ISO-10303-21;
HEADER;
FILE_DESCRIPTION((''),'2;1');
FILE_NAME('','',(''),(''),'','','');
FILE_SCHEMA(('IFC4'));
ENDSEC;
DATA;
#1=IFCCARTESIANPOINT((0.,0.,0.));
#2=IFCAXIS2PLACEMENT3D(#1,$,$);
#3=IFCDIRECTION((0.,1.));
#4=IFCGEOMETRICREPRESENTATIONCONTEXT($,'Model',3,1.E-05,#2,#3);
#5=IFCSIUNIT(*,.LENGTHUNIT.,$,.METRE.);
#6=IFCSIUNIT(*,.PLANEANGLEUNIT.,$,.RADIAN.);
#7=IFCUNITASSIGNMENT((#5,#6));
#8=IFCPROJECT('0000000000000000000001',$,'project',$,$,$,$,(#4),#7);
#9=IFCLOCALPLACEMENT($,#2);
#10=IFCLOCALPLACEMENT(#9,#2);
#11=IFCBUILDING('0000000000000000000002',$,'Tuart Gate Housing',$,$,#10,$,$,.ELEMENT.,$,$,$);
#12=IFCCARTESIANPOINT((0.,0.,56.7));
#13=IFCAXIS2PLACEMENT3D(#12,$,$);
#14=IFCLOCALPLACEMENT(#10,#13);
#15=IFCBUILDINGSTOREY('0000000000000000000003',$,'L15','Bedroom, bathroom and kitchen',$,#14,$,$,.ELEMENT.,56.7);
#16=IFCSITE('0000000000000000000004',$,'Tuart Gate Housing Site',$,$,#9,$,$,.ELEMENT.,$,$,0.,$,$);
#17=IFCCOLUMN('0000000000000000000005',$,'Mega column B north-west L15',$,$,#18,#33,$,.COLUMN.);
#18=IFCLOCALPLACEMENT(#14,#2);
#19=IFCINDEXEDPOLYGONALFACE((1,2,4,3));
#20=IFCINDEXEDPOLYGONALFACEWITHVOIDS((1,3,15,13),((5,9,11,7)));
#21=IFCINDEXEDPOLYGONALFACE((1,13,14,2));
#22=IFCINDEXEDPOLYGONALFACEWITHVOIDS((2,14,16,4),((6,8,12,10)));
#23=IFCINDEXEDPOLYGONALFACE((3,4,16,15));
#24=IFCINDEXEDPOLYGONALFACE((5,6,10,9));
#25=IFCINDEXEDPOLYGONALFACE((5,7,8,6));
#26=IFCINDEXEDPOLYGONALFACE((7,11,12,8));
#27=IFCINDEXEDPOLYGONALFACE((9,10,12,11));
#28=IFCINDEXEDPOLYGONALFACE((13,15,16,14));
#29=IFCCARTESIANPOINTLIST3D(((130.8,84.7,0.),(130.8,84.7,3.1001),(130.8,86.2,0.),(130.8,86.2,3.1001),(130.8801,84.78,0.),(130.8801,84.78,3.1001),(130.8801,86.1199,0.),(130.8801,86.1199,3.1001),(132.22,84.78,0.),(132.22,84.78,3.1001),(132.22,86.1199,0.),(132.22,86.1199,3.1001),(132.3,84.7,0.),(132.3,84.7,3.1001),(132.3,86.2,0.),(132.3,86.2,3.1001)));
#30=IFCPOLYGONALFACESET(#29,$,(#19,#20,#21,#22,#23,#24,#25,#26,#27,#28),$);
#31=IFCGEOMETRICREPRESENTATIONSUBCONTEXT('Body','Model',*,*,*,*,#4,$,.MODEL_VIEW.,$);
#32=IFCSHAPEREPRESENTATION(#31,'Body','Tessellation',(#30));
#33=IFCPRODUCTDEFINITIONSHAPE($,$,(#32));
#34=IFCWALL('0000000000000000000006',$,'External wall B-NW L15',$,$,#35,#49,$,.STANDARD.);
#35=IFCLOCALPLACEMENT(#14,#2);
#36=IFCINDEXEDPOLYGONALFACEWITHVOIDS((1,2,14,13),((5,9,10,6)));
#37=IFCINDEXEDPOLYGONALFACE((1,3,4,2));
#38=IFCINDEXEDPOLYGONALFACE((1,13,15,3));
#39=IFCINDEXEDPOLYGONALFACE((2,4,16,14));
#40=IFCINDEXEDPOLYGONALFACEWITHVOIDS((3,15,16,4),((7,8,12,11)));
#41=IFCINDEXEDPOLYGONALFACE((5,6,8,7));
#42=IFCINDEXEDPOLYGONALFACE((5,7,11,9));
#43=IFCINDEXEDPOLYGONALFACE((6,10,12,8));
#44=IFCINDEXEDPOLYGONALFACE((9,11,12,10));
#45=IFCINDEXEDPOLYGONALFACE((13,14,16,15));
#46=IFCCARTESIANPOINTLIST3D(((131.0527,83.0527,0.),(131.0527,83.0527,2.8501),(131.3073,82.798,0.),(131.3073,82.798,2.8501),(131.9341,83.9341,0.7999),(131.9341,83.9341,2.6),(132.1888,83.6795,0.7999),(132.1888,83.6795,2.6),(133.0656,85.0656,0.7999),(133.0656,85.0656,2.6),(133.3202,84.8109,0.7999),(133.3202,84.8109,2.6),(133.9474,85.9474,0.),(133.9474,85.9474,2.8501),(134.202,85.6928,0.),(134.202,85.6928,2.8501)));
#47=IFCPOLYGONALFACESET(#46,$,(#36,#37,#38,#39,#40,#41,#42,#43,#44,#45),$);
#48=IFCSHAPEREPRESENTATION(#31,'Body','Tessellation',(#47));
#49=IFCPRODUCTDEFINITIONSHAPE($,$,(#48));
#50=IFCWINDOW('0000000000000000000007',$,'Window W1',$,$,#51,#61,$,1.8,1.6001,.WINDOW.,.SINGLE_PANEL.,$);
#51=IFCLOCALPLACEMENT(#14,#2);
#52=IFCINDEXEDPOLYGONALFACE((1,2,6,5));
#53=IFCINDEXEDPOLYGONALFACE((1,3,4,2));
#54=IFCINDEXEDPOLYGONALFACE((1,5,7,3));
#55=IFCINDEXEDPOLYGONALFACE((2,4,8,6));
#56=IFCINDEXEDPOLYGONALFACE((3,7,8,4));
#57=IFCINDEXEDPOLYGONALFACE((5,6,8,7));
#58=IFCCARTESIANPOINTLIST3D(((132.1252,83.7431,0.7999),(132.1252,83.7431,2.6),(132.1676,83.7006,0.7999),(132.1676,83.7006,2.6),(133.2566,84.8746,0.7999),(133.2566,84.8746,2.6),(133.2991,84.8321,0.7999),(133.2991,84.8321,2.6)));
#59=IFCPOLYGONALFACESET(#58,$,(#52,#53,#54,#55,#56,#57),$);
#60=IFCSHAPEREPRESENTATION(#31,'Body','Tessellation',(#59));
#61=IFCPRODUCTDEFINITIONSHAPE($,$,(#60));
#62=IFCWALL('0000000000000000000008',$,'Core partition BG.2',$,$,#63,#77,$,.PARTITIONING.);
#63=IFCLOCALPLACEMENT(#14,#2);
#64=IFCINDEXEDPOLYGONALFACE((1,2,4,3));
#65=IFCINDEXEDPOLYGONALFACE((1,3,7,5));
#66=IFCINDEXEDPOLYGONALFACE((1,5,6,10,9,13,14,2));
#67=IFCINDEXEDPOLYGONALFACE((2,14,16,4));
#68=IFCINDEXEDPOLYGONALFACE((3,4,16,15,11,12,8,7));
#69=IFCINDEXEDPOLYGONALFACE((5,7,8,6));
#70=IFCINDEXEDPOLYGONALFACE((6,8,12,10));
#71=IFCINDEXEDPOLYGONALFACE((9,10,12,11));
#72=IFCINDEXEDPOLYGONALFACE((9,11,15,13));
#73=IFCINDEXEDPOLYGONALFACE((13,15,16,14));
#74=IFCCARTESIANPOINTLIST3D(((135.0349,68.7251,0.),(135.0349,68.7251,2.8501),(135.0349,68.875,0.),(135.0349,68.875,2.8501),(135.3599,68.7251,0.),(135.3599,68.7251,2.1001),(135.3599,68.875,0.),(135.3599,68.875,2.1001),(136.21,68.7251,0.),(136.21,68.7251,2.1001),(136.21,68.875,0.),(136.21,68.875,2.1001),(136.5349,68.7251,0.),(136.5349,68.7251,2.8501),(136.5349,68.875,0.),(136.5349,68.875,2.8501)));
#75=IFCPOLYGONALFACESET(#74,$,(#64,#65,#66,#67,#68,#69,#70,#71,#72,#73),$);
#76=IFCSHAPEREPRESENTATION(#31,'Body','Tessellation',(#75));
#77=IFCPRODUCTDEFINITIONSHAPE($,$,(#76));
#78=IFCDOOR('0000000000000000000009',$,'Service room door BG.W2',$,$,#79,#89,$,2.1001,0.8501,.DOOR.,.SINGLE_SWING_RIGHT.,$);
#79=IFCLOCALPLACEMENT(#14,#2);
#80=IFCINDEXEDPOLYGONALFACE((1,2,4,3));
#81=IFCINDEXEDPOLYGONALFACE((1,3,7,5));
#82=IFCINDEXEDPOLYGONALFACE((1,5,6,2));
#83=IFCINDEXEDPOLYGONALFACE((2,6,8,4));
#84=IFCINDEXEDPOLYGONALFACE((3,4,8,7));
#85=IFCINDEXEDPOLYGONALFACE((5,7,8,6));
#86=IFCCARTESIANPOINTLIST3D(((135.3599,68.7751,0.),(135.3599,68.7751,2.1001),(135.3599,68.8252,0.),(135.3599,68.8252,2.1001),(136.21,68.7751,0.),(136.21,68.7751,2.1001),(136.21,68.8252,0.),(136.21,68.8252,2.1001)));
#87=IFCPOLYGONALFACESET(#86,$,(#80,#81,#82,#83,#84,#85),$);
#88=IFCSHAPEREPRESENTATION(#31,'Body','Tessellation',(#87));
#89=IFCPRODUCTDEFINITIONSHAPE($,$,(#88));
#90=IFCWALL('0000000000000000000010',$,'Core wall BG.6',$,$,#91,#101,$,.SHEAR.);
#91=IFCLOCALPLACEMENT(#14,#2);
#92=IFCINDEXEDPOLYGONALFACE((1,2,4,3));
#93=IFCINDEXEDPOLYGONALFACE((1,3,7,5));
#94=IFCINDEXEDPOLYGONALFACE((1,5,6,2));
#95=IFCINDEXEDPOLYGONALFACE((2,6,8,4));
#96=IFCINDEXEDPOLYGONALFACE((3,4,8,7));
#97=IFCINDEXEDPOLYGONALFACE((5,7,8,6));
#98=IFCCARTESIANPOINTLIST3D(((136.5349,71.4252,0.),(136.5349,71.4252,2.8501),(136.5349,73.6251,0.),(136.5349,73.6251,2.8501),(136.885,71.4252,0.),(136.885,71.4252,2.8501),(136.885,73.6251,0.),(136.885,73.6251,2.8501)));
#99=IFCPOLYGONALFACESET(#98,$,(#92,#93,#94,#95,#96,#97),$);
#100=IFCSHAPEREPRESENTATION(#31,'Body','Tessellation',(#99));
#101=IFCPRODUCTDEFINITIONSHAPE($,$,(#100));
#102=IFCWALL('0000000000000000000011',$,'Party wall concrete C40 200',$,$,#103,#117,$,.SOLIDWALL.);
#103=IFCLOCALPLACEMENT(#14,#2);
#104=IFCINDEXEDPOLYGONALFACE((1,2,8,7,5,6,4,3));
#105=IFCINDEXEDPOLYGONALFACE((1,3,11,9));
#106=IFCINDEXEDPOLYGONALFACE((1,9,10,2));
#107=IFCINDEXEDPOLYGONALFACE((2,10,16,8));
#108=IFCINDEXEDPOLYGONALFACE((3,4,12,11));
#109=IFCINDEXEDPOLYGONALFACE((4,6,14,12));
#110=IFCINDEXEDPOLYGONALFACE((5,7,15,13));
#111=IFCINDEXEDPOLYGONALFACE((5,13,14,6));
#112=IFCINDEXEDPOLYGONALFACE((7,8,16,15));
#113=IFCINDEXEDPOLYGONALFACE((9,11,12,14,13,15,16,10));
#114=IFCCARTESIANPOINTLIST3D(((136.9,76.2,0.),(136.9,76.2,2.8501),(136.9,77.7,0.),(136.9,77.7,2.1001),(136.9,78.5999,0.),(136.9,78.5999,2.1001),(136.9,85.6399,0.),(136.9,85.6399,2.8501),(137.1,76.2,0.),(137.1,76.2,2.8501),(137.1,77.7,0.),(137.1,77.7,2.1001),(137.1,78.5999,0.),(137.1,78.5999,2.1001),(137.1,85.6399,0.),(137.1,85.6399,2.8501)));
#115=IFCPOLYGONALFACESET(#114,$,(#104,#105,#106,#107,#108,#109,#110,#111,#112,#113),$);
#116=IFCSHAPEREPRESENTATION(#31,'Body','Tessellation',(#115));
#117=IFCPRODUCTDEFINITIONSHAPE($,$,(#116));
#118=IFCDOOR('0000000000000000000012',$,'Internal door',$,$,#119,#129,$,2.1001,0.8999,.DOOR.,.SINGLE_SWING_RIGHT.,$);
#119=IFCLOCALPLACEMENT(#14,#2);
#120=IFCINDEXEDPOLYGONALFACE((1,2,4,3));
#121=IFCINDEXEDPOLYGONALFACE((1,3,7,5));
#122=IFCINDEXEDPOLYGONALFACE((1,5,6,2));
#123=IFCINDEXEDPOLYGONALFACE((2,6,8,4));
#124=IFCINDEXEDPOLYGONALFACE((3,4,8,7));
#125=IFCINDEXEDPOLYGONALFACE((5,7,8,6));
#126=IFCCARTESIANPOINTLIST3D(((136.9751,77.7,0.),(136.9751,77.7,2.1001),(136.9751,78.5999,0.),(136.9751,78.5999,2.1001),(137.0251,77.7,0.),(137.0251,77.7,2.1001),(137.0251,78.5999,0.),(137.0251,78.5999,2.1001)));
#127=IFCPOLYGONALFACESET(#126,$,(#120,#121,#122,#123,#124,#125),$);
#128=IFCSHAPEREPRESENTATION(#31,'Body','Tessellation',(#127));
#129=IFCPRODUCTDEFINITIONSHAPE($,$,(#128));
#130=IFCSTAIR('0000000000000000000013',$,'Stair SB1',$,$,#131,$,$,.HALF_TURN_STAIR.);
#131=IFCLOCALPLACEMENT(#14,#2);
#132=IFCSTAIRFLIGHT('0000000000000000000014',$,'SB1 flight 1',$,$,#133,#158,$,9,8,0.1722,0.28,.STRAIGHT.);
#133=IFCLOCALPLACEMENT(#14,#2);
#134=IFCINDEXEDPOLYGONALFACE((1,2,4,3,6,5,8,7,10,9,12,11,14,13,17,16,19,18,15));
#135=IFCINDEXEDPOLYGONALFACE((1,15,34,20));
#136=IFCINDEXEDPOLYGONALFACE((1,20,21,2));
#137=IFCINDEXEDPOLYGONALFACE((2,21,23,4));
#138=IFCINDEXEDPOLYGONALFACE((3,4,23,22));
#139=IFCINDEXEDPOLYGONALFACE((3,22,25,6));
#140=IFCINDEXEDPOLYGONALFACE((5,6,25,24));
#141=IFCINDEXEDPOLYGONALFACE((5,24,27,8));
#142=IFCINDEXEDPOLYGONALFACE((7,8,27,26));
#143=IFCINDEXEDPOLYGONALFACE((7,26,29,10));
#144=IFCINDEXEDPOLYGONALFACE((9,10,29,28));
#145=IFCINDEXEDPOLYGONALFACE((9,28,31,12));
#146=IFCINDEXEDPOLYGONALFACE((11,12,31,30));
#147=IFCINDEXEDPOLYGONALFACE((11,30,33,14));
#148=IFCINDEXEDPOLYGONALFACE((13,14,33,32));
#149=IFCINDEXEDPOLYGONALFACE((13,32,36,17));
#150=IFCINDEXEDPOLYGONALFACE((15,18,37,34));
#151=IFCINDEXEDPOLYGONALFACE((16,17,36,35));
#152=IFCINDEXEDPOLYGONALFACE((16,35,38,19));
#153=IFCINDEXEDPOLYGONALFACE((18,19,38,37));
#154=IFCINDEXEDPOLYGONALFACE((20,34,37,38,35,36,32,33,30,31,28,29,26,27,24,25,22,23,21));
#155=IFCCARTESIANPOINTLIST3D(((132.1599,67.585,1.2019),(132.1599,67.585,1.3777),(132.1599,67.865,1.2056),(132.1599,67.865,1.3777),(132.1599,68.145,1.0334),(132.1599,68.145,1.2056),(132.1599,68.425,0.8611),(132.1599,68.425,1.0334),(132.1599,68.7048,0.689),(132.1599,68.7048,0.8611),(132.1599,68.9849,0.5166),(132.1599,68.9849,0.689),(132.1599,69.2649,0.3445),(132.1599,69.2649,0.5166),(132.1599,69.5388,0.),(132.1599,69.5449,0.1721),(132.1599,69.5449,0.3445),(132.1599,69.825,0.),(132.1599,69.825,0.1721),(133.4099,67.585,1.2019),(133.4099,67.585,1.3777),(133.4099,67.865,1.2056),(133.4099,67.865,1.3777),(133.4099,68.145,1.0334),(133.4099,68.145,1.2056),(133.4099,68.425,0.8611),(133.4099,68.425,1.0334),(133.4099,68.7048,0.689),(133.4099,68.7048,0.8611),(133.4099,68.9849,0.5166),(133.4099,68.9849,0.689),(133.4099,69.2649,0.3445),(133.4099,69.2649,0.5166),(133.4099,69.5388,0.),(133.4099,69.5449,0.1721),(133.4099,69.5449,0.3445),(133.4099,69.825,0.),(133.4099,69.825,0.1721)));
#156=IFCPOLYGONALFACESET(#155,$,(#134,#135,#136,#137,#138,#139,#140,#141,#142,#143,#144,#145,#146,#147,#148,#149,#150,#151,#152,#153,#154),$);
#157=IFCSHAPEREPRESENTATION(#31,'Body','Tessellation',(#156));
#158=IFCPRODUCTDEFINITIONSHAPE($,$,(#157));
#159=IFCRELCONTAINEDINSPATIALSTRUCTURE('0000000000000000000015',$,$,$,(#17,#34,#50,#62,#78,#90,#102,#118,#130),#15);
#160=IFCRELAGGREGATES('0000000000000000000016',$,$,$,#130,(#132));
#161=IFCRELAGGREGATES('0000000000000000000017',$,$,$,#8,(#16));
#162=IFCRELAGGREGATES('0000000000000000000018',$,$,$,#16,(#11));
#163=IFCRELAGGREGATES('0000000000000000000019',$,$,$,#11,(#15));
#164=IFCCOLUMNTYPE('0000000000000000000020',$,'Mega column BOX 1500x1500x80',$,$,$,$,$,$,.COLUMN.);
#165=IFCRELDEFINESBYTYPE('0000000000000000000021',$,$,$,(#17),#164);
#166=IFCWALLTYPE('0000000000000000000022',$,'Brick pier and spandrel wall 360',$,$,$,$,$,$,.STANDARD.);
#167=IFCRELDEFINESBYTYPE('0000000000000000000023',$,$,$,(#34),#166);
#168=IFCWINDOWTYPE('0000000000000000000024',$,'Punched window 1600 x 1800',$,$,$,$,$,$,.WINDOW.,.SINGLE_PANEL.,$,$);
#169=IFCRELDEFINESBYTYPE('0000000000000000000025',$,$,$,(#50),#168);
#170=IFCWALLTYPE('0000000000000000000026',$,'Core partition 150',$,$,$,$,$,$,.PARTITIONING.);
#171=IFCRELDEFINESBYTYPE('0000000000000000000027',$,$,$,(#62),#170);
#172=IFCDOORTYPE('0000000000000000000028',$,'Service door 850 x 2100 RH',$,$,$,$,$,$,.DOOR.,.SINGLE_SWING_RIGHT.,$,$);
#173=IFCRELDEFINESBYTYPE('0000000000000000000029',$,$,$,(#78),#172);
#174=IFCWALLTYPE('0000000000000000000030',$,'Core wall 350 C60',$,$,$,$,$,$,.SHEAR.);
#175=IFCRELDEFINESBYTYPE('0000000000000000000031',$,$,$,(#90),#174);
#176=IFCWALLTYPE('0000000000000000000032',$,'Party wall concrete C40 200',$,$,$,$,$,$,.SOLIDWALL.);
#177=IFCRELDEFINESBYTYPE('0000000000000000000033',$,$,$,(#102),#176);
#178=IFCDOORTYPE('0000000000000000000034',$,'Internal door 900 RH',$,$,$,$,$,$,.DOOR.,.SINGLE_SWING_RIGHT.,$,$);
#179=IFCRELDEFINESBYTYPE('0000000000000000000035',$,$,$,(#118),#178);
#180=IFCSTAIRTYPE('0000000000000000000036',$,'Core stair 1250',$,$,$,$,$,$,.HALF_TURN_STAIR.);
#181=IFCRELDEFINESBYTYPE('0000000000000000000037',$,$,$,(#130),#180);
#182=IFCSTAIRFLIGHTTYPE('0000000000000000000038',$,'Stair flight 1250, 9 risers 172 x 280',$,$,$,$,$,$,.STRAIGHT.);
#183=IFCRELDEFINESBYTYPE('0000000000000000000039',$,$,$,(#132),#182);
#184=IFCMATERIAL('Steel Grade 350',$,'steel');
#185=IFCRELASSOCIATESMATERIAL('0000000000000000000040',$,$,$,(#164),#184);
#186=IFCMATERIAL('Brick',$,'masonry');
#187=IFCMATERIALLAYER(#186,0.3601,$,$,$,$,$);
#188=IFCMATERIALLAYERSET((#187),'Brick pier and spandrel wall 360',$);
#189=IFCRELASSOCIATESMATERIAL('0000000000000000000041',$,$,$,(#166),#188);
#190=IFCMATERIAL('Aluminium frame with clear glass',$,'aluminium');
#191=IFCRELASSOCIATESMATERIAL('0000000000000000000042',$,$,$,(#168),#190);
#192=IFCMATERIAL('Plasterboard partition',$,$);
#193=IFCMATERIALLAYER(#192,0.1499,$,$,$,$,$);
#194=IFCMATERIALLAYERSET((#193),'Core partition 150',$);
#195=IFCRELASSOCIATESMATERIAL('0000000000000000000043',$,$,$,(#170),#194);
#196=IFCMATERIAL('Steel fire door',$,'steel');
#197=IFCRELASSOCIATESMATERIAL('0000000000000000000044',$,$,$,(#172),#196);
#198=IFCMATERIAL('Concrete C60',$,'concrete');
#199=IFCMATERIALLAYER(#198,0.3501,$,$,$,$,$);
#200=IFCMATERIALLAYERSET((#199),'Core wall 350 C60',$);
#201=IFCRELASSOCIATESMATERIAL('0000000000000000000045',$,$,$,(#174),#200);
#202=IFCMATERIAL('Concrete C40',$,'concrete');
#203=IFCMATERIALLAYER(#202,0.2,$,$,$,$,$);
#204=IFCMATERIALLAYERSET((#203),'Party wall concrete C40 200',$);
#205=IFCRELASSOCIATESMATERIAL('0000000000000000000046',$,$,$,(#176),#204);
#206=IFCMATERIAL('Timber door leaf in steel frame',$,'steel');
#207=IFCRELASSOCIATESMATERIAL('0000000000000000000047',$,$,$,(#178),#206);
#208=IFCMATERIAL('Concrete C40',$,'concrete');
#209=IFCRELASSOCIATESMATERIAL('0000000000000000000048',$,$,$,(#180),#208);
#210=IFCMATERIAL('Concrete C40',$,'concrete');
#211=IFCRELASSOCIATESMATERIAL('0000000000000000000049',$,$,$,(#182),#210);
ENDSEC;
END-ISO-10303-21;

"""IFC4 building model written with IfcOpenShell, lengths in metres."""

from ifc_helpers import new_model, si_unit, direction, frame, frame_2d, origin, origin_2d, place, context, subcontext, project, spatial, polyline, rectangle, hollow_rectangle, outline, extrude, material, layer, layer_set, material_profile, profile_set, type_object, element, fill, aggregate, save


model = new_model("IFC4")

# Units and contexts
model_context = context("Model", 3, precision=1e-05, world=origin(), true_north=direction((0.0, 1.0)))
body_context = subcontext(model_context, "Body", "Model", "MODEL_VIEW")
ifc_project = project(units=[si_unit("LENGTHUNIT", "METRE"), si_unit("PLANEANGLEUNIT", "RADIAN")], contexts=[model_context])

# Site, building, storey
site_placement = place(None, origin())
site = spatial("IfcSite", under=ifc_project, at=site_placement, Name="Tuart Gate Housing Site", CompositionType="ELEMENT", RefElevation=0.0)
building_placement = place(site_placement, origin())
building = spatial("IfcBuilding", under=site, at=building_placement, Name="Tuart Gate Housing", CompositionType="ELEMENT")
storey_placement = place(building_placement, frame((0.0, 0.0, 56.7)))
storey = spatial("IfcBuildingStorey", under=building, at=storey_placement, Name="L15", Description="Bedroom, bathroom and kitchen", CompositionType="ELEMENT", Elevation=56.7)

# Column
ifc_material_1 = material(Name="Steel Grade 350", Category="steel")
ifc_material_profile = material_profile(ifc_material_1, hollow_rectangle(XDim=1.5, YDim=1.5, WallThickness=0.0801, at=origin_2d()), Name="BOX 1500x1500x80")
ifc_profile_set = profile_set([ifc_material_profile], Name="Steel Grade 350")
column_type = type_object("IfcColumnType", Name="Mega column BOX 1500x1500x80", PredefinedType="COLUMN", material=ifc_profile_set)
column_placement = place(storey_placement, frame((131.55, 85.45, 0.0), z_axis=(0.0, 0.0, 1.0), x_axis=(1.0, 0.0, 0.0)))
element("IfcColumn", 1, at=column_placement, inside=storey, type_object=column_type, Name="Mega column B north-west L15", PredefinedType="COLUMN", context=body_context, shape_type="SweptSolid", body=[
    extrude(hollow_rectangle(XDim=1.5, YDim=1.5, WallThickness=0.0801, at=origin_2d()), origin(), (0.0, 0.0, 1.0), 3.1001),
])

# Wall, opening, window
ifc_material_2 = material(Name="Brick", Category="masonry")
ifc_layer_1 = layer(ifc_material_2, 0.3601)
ifc_layer_set_1 = layer_set([ifc_layer_1], Name="Brick pier and spandrel wall 360")
wall_type_1 = type_object("IfcWallType", Name="Brick pier and spandrel wall 360", PredefinedType="STANDARD", material=ifc_layer_set_1)
wall_1_placement = place(storey_placement, frame((134.0747, 85.8201, 0.0), z_axis=(0.0, 0.0, 1.0), x_axis=(-0.707107, -0.707107, 0.0)))
wall_1 = element("IfcWall", 2, at=wall_1_placement, inside=storey, type_object=wall_type_1, Name="External wall B-NW L15", PredefinedType="STANDARD", context=body_context, shape_type="SweptSolid", body=[
    extrude(rectangle(XDim=4.0938, YDim=0.3601, at=frame_2d((2.0469, 0.0))), origin(), (0.0, 0.0, 1.0), 2.8501),
])
opening_1_placement = place(wall_1_placement, frame((1.2471, 0.0, 0.8)))
opening_1 = element("IfcOpeningElement", 3, at=opening_1_placement, cuts=wall_1, PredefinedType="OPENING", context=body_context, shape_type="SweptSolid", body=[
    extrude(rectangle(XDim=1.6001, YDim=1.8, at=frame_2d((0.8, 0.8999))), frame((0.0, 0.1899, 0.0), z_axis=(0.0, -1.0, 0.0), x_axis=(1.0, 0.0, 0.0)), (0.0, 0.0, 1.0), 0.3801),
])
ifc_material_3 = material(Name="Aluminium frame with clear glass", Category="aluminium")
window_type = type_object("IfcWindowType", Name="Punched window 1600 x 1800", PartitioningType="SINGLE_PANEL", PredefinedType="WINDOW", material=ifc_material_3)
window_placement = place(opening_1_placement, origin())
window = element("IfcWindow", 4, at=window_placement, inside=storey, type_object=window_type, Name="Window W1", OverallHeight=1.8, OverallWidth=1.6001, PartitioningType="SINGLE_PANEL", PredefinedType="WINDOW", context=body_context, shape_type="SweptSolid", body=[
    extrude(rectangle(XDim=1.6001, YDim=1.8, at=frame_2d((0.8, 0.8999))), frame((0.0, 0.1501, 0.0), z_axis=(0.0, -1.0, 0.0), x_axis=(1.0, 0.0, 0.0)), (0.0, 0.0, 1.0), 0.0601),
])
fill(opening_1, window)

# Wall, opening, door
ifc_material_4 = material(Name="Plasterboard partition")
ifc_layer_2 = layer(ifc_material_4, 0.1499)
ifc_layer_set_2 = layer_set([ifc_layer_2], Name="Core partition 150")
wall_type_2 = type_object("IfcWallType", Name="Core partition 150", PredefinedType="PARTITIONING", material=ifc_layer_set_2)
wall_2_placement = place(storey_placement, frame((136.5349, 68.8, 0.0), z_axis=(0.0, 0.0, 1.0), x_axis=(-1.0, 0.0, 0.0)))
wall_2 = element("IfcWall", 5, at=wall_2_placement, inside=storey, type_object=wall_type_2, Name="Core partition BG.2", PredefinedType="PARTITIONING", context=body_context, shape_type="SweptSolid", body=[
    extrude(rectangle(XDim=1.5, YDim=0.1499, at=frame_2d((0.75, 0.0))), origin(), (0.0, 0.0, 1.0), 2.8501),
])
opening_2_placement = place(wall_2_placement, frame((0.325, 0.0, 0.0)))
opening_2 = element("IfcOpeningElement", 6, at=opening_2_placement, cuts=wall_2, PredefinedType="OPENING", context=body_context, shape_type="SweptSolid", body=[
    extrude(rectangle(XDim=0.8501, YDim=2.1001, at=frame_2d((0.425, 1.05))), frame((0.0, 0.085, 0.0), z_axis=(0.0, -1.0, 0.0), x_axis=(1.0, 0.0, 0.0)), (0.0, 0.0, 1.0), 0.1699),
])
ifc_material_5 = material(Name="Steel fire door", Category="steel")
door_type_1 = type_object("IfcDoorType", Name="Service door 850 x 2100 RH", OperationType="SINGLE_SWING_RIGHT", PredefinedType="DOOR", material=ifc_material_5)
door_1_placement = place(opening_2_placement, frame((0.8501, 0.0, 0.0), z_axis=(0.0, 0.0, 1.0), x_axis=(-1.0, 0.0, 0.0)))
door_1 = element("IfcDoor", 7, at=door_1_placement, inside=storey, type_object=door_type_1, Name="Service room door BG.W2", OperationType="SINGLE_SWING_RIGHT", OverallHeight=2.1001, OverallWidth=0.8501, PredefinedType="DOOR", context=body_context, shape_type="SweptSolid", body=[
    extrude(rectangle(XDim=0.8501, YDim=2.1001, at=frame_2d((0.425, 1.05))), frame((0.0, 0.0251, 0.0), z_axis=(0.0, -1.0, 0.0), x_axis=(1.0, 0.0, 0.0)), (0.0, 0.0, 1.0), 0.05),
])
fill(opening_2, door_1)

# Wall
ifc_material_6 = material(Name="Concrete C60", Category="concrete")
ifc_layer_3 = layer(ifc_material_6, 0.3501)
ifc_layer_set_3 = layer_set([ifc_layer_3], Name="Core wall 350 C60")
wall_type_3 = type_object("IfcWallType", Name="Core wall 350 C60", PredefinedType="SHEAR", material=ifc_layer_set_3)
wall_3_placement = place(storey_placement, frame((136.71, 71.425, 0.0), z_axis=(0.0, 0.0, 1.0), x_axis=(0.0, 1.0, 0.0)))
element("IfcWall", 8, at=wall_3_placement, inside=storey, type_object=wall_type_3, Name="Core wall BG.6", PredefinedType="SHEAR", context=body_context, shape_type="SweptSolid", body=[
    extrude(rectangle(XDim=2.2, YDim=0.3501, at=frame_2d((1.1001, 0.0))), origin(), (0.0, 0.0, 1.0), 2.8501),
])

# Wall, opening, door
ifc_material_7 = material(Name="Concrete C40", Category="concrete")
ifc_layer_4 = layer(ifc_material_7, 0.2)
ifc_layer_set_4 = layer_set([ifc_layer_4], Name="Party wall concrete C40 200")
wall_type_4 = type_object("IfcWallType", Name="Party wall concrete C40 200", PredefinedType="SOLIDWALL", material=ifc_layer_set_4)
wall_4_placement = place(storey_placement, frame((137.0, 76.2, 0.0), z_axis=(0.0, 0.0, 1.0), x_axis=(0.0, 1.0, 0.0)))
wall_4 = element("IfcWall", 9, at=wall_4_placement, inside=storey, type_object=wall_type_4, Name="Party wall concrete C40 200", PredefinedType="SOLIDWALL", context=body_context, shape_type="SweptSolid", body=[
    extrude(rectangle(XDim=9.4399, YDim=0.2, at=frame_2d((4.72, 0.0))), origin(), (0.0, 0.0, 1.0), 2.8501),
])
opening_3_placement = place(wall_4_placement, frame((1.5, 0.0, 0.0)))
opening_3 = element("IfcOpeningElement", 10, at=opening_3_placement, cuts=wall_4, PredefinedType="OPENING", context=body_context, shape_type="SweptSolid", body=[
    extrude(rectangle(XDim=0.8999, YDim=2.1001, at=frame_2d((0.45, 1.05))), frame((0.0, 0.1099, 0.0), z_axis=(0.0, -1.0, 0.0), x_axis=(1.0, 0.0, 0.0)), (0.0, 0.0, 1.0), 0.22),
])
ifc_material_8 = material(Name="Timber door leaf in steel frame", Category="steel")
door_type_2 = type_object("IfcDoorType", Name="Internal door 900 RH", OperationType="SINGLE_SWING_RIGHT", PredefinedType="DOOR", material=ifc_material_8)
door_2_placement = place(opening_3_placement, frame((0.8999, 0.0, 0.0), z_axis=(0.0, 0.0, 1.0), x_axis=(-1.0, 0.0, 0.0)))
door_2 = element("IfcDoor", 11, at=door_2_placement, inside=storey, type_object=door_type_2, Name="Internal door", OperationType="SINGLE_SWING_RIGHT", OverallHeight=2.1001, OverallWidth=0.8999, PredefinedType="DOOR", context=body_context, shape_type="SweptSolid", body=[
    extrude(rectangle(XDim=0.8999, YDim=2.1001, at=frame_2d((0.45, 1.05))), frame((0.0, 0.0251, 0.0), z_axis=(0.0, -1.0, 0.0), x_axis=(1.0, 0.0, 0.0)), (0.0, 0.0, 1.0), 0.05),
])
fill(opening_3, door_2)

# Stair, stair flight
ifc_material_9 = material(Name="Concrete C40", Category="concrete")
stair_type = type_object("IfcStairType", Name="Core stair 1250", PredefinedType="HALF_TURN_STAIR", material=ifc_material_9)
stair_placement = place(storey_placement, origin())
stair = element("IfcStair", 12, at=stair_placement, inside=storey, type_object=stair_type, Name="Stair SB1", PredefinedType="HALF_TURN_STAIR")
ifc_material_10 = material(Name="Concrete C40", Category="concrete")
stair_flight_type = type_object("IfcStairFlightType", Name="Stair flight 1250, 9 risers 172 x 280", PredefinedType="STRAIGHT", material=ifc_material_10)
stair_flight_placement = place(storey_placement, frame((132.7849, 69.825, 0.0), z_axis=(0.0, 0.0, 1.0), x_axis=(0.0, -1.0, 0.0)))
stair_flight = element("IfcStairFlight", 13, at=stair_flight_placement, type_object=stair_flight_type, Name="SB1 flight 1", NumberOfRisers=9, NumberOfTreads=8, PredefinedType="STRAIGHT", RiserHeight=0.1722, TreadLength=0.28, context=body_context, shape_type="SweptSolid", body=[
    extrude(outline(polyline([(0.0, 0.0), (0.0, 0.1721), (0.28, 0.1721), (0.28, 0.3445), (0.5601, 0.3445), (0.5601, 0.5166), (0.8401, 0.5166), (0.8401, 0.689), (1.1201, 0.689), (1.1201, 0.8611), (1.3999, 0.8611), (1.3999, 1.0334), (1.6799, 1.0334), (1.6799, 1.2056), (1.96, 1.2056), (1.96, 1.3777), (2.24, 1.3777), (2.24, 1.55), (2.24, 1.2019), (0.2861, 0.0), (0.0, 0.0)])), frame((0.0, 0.625, 0.0), z_axis=(0.0, -1.0, 0.0), x_axis=(1.0, 0.0, 0.0)), (0.0, 0.0, 1.0), 1.25),
])
aggregate(stair, [stair_flight])

save(model, "model.ifc")
